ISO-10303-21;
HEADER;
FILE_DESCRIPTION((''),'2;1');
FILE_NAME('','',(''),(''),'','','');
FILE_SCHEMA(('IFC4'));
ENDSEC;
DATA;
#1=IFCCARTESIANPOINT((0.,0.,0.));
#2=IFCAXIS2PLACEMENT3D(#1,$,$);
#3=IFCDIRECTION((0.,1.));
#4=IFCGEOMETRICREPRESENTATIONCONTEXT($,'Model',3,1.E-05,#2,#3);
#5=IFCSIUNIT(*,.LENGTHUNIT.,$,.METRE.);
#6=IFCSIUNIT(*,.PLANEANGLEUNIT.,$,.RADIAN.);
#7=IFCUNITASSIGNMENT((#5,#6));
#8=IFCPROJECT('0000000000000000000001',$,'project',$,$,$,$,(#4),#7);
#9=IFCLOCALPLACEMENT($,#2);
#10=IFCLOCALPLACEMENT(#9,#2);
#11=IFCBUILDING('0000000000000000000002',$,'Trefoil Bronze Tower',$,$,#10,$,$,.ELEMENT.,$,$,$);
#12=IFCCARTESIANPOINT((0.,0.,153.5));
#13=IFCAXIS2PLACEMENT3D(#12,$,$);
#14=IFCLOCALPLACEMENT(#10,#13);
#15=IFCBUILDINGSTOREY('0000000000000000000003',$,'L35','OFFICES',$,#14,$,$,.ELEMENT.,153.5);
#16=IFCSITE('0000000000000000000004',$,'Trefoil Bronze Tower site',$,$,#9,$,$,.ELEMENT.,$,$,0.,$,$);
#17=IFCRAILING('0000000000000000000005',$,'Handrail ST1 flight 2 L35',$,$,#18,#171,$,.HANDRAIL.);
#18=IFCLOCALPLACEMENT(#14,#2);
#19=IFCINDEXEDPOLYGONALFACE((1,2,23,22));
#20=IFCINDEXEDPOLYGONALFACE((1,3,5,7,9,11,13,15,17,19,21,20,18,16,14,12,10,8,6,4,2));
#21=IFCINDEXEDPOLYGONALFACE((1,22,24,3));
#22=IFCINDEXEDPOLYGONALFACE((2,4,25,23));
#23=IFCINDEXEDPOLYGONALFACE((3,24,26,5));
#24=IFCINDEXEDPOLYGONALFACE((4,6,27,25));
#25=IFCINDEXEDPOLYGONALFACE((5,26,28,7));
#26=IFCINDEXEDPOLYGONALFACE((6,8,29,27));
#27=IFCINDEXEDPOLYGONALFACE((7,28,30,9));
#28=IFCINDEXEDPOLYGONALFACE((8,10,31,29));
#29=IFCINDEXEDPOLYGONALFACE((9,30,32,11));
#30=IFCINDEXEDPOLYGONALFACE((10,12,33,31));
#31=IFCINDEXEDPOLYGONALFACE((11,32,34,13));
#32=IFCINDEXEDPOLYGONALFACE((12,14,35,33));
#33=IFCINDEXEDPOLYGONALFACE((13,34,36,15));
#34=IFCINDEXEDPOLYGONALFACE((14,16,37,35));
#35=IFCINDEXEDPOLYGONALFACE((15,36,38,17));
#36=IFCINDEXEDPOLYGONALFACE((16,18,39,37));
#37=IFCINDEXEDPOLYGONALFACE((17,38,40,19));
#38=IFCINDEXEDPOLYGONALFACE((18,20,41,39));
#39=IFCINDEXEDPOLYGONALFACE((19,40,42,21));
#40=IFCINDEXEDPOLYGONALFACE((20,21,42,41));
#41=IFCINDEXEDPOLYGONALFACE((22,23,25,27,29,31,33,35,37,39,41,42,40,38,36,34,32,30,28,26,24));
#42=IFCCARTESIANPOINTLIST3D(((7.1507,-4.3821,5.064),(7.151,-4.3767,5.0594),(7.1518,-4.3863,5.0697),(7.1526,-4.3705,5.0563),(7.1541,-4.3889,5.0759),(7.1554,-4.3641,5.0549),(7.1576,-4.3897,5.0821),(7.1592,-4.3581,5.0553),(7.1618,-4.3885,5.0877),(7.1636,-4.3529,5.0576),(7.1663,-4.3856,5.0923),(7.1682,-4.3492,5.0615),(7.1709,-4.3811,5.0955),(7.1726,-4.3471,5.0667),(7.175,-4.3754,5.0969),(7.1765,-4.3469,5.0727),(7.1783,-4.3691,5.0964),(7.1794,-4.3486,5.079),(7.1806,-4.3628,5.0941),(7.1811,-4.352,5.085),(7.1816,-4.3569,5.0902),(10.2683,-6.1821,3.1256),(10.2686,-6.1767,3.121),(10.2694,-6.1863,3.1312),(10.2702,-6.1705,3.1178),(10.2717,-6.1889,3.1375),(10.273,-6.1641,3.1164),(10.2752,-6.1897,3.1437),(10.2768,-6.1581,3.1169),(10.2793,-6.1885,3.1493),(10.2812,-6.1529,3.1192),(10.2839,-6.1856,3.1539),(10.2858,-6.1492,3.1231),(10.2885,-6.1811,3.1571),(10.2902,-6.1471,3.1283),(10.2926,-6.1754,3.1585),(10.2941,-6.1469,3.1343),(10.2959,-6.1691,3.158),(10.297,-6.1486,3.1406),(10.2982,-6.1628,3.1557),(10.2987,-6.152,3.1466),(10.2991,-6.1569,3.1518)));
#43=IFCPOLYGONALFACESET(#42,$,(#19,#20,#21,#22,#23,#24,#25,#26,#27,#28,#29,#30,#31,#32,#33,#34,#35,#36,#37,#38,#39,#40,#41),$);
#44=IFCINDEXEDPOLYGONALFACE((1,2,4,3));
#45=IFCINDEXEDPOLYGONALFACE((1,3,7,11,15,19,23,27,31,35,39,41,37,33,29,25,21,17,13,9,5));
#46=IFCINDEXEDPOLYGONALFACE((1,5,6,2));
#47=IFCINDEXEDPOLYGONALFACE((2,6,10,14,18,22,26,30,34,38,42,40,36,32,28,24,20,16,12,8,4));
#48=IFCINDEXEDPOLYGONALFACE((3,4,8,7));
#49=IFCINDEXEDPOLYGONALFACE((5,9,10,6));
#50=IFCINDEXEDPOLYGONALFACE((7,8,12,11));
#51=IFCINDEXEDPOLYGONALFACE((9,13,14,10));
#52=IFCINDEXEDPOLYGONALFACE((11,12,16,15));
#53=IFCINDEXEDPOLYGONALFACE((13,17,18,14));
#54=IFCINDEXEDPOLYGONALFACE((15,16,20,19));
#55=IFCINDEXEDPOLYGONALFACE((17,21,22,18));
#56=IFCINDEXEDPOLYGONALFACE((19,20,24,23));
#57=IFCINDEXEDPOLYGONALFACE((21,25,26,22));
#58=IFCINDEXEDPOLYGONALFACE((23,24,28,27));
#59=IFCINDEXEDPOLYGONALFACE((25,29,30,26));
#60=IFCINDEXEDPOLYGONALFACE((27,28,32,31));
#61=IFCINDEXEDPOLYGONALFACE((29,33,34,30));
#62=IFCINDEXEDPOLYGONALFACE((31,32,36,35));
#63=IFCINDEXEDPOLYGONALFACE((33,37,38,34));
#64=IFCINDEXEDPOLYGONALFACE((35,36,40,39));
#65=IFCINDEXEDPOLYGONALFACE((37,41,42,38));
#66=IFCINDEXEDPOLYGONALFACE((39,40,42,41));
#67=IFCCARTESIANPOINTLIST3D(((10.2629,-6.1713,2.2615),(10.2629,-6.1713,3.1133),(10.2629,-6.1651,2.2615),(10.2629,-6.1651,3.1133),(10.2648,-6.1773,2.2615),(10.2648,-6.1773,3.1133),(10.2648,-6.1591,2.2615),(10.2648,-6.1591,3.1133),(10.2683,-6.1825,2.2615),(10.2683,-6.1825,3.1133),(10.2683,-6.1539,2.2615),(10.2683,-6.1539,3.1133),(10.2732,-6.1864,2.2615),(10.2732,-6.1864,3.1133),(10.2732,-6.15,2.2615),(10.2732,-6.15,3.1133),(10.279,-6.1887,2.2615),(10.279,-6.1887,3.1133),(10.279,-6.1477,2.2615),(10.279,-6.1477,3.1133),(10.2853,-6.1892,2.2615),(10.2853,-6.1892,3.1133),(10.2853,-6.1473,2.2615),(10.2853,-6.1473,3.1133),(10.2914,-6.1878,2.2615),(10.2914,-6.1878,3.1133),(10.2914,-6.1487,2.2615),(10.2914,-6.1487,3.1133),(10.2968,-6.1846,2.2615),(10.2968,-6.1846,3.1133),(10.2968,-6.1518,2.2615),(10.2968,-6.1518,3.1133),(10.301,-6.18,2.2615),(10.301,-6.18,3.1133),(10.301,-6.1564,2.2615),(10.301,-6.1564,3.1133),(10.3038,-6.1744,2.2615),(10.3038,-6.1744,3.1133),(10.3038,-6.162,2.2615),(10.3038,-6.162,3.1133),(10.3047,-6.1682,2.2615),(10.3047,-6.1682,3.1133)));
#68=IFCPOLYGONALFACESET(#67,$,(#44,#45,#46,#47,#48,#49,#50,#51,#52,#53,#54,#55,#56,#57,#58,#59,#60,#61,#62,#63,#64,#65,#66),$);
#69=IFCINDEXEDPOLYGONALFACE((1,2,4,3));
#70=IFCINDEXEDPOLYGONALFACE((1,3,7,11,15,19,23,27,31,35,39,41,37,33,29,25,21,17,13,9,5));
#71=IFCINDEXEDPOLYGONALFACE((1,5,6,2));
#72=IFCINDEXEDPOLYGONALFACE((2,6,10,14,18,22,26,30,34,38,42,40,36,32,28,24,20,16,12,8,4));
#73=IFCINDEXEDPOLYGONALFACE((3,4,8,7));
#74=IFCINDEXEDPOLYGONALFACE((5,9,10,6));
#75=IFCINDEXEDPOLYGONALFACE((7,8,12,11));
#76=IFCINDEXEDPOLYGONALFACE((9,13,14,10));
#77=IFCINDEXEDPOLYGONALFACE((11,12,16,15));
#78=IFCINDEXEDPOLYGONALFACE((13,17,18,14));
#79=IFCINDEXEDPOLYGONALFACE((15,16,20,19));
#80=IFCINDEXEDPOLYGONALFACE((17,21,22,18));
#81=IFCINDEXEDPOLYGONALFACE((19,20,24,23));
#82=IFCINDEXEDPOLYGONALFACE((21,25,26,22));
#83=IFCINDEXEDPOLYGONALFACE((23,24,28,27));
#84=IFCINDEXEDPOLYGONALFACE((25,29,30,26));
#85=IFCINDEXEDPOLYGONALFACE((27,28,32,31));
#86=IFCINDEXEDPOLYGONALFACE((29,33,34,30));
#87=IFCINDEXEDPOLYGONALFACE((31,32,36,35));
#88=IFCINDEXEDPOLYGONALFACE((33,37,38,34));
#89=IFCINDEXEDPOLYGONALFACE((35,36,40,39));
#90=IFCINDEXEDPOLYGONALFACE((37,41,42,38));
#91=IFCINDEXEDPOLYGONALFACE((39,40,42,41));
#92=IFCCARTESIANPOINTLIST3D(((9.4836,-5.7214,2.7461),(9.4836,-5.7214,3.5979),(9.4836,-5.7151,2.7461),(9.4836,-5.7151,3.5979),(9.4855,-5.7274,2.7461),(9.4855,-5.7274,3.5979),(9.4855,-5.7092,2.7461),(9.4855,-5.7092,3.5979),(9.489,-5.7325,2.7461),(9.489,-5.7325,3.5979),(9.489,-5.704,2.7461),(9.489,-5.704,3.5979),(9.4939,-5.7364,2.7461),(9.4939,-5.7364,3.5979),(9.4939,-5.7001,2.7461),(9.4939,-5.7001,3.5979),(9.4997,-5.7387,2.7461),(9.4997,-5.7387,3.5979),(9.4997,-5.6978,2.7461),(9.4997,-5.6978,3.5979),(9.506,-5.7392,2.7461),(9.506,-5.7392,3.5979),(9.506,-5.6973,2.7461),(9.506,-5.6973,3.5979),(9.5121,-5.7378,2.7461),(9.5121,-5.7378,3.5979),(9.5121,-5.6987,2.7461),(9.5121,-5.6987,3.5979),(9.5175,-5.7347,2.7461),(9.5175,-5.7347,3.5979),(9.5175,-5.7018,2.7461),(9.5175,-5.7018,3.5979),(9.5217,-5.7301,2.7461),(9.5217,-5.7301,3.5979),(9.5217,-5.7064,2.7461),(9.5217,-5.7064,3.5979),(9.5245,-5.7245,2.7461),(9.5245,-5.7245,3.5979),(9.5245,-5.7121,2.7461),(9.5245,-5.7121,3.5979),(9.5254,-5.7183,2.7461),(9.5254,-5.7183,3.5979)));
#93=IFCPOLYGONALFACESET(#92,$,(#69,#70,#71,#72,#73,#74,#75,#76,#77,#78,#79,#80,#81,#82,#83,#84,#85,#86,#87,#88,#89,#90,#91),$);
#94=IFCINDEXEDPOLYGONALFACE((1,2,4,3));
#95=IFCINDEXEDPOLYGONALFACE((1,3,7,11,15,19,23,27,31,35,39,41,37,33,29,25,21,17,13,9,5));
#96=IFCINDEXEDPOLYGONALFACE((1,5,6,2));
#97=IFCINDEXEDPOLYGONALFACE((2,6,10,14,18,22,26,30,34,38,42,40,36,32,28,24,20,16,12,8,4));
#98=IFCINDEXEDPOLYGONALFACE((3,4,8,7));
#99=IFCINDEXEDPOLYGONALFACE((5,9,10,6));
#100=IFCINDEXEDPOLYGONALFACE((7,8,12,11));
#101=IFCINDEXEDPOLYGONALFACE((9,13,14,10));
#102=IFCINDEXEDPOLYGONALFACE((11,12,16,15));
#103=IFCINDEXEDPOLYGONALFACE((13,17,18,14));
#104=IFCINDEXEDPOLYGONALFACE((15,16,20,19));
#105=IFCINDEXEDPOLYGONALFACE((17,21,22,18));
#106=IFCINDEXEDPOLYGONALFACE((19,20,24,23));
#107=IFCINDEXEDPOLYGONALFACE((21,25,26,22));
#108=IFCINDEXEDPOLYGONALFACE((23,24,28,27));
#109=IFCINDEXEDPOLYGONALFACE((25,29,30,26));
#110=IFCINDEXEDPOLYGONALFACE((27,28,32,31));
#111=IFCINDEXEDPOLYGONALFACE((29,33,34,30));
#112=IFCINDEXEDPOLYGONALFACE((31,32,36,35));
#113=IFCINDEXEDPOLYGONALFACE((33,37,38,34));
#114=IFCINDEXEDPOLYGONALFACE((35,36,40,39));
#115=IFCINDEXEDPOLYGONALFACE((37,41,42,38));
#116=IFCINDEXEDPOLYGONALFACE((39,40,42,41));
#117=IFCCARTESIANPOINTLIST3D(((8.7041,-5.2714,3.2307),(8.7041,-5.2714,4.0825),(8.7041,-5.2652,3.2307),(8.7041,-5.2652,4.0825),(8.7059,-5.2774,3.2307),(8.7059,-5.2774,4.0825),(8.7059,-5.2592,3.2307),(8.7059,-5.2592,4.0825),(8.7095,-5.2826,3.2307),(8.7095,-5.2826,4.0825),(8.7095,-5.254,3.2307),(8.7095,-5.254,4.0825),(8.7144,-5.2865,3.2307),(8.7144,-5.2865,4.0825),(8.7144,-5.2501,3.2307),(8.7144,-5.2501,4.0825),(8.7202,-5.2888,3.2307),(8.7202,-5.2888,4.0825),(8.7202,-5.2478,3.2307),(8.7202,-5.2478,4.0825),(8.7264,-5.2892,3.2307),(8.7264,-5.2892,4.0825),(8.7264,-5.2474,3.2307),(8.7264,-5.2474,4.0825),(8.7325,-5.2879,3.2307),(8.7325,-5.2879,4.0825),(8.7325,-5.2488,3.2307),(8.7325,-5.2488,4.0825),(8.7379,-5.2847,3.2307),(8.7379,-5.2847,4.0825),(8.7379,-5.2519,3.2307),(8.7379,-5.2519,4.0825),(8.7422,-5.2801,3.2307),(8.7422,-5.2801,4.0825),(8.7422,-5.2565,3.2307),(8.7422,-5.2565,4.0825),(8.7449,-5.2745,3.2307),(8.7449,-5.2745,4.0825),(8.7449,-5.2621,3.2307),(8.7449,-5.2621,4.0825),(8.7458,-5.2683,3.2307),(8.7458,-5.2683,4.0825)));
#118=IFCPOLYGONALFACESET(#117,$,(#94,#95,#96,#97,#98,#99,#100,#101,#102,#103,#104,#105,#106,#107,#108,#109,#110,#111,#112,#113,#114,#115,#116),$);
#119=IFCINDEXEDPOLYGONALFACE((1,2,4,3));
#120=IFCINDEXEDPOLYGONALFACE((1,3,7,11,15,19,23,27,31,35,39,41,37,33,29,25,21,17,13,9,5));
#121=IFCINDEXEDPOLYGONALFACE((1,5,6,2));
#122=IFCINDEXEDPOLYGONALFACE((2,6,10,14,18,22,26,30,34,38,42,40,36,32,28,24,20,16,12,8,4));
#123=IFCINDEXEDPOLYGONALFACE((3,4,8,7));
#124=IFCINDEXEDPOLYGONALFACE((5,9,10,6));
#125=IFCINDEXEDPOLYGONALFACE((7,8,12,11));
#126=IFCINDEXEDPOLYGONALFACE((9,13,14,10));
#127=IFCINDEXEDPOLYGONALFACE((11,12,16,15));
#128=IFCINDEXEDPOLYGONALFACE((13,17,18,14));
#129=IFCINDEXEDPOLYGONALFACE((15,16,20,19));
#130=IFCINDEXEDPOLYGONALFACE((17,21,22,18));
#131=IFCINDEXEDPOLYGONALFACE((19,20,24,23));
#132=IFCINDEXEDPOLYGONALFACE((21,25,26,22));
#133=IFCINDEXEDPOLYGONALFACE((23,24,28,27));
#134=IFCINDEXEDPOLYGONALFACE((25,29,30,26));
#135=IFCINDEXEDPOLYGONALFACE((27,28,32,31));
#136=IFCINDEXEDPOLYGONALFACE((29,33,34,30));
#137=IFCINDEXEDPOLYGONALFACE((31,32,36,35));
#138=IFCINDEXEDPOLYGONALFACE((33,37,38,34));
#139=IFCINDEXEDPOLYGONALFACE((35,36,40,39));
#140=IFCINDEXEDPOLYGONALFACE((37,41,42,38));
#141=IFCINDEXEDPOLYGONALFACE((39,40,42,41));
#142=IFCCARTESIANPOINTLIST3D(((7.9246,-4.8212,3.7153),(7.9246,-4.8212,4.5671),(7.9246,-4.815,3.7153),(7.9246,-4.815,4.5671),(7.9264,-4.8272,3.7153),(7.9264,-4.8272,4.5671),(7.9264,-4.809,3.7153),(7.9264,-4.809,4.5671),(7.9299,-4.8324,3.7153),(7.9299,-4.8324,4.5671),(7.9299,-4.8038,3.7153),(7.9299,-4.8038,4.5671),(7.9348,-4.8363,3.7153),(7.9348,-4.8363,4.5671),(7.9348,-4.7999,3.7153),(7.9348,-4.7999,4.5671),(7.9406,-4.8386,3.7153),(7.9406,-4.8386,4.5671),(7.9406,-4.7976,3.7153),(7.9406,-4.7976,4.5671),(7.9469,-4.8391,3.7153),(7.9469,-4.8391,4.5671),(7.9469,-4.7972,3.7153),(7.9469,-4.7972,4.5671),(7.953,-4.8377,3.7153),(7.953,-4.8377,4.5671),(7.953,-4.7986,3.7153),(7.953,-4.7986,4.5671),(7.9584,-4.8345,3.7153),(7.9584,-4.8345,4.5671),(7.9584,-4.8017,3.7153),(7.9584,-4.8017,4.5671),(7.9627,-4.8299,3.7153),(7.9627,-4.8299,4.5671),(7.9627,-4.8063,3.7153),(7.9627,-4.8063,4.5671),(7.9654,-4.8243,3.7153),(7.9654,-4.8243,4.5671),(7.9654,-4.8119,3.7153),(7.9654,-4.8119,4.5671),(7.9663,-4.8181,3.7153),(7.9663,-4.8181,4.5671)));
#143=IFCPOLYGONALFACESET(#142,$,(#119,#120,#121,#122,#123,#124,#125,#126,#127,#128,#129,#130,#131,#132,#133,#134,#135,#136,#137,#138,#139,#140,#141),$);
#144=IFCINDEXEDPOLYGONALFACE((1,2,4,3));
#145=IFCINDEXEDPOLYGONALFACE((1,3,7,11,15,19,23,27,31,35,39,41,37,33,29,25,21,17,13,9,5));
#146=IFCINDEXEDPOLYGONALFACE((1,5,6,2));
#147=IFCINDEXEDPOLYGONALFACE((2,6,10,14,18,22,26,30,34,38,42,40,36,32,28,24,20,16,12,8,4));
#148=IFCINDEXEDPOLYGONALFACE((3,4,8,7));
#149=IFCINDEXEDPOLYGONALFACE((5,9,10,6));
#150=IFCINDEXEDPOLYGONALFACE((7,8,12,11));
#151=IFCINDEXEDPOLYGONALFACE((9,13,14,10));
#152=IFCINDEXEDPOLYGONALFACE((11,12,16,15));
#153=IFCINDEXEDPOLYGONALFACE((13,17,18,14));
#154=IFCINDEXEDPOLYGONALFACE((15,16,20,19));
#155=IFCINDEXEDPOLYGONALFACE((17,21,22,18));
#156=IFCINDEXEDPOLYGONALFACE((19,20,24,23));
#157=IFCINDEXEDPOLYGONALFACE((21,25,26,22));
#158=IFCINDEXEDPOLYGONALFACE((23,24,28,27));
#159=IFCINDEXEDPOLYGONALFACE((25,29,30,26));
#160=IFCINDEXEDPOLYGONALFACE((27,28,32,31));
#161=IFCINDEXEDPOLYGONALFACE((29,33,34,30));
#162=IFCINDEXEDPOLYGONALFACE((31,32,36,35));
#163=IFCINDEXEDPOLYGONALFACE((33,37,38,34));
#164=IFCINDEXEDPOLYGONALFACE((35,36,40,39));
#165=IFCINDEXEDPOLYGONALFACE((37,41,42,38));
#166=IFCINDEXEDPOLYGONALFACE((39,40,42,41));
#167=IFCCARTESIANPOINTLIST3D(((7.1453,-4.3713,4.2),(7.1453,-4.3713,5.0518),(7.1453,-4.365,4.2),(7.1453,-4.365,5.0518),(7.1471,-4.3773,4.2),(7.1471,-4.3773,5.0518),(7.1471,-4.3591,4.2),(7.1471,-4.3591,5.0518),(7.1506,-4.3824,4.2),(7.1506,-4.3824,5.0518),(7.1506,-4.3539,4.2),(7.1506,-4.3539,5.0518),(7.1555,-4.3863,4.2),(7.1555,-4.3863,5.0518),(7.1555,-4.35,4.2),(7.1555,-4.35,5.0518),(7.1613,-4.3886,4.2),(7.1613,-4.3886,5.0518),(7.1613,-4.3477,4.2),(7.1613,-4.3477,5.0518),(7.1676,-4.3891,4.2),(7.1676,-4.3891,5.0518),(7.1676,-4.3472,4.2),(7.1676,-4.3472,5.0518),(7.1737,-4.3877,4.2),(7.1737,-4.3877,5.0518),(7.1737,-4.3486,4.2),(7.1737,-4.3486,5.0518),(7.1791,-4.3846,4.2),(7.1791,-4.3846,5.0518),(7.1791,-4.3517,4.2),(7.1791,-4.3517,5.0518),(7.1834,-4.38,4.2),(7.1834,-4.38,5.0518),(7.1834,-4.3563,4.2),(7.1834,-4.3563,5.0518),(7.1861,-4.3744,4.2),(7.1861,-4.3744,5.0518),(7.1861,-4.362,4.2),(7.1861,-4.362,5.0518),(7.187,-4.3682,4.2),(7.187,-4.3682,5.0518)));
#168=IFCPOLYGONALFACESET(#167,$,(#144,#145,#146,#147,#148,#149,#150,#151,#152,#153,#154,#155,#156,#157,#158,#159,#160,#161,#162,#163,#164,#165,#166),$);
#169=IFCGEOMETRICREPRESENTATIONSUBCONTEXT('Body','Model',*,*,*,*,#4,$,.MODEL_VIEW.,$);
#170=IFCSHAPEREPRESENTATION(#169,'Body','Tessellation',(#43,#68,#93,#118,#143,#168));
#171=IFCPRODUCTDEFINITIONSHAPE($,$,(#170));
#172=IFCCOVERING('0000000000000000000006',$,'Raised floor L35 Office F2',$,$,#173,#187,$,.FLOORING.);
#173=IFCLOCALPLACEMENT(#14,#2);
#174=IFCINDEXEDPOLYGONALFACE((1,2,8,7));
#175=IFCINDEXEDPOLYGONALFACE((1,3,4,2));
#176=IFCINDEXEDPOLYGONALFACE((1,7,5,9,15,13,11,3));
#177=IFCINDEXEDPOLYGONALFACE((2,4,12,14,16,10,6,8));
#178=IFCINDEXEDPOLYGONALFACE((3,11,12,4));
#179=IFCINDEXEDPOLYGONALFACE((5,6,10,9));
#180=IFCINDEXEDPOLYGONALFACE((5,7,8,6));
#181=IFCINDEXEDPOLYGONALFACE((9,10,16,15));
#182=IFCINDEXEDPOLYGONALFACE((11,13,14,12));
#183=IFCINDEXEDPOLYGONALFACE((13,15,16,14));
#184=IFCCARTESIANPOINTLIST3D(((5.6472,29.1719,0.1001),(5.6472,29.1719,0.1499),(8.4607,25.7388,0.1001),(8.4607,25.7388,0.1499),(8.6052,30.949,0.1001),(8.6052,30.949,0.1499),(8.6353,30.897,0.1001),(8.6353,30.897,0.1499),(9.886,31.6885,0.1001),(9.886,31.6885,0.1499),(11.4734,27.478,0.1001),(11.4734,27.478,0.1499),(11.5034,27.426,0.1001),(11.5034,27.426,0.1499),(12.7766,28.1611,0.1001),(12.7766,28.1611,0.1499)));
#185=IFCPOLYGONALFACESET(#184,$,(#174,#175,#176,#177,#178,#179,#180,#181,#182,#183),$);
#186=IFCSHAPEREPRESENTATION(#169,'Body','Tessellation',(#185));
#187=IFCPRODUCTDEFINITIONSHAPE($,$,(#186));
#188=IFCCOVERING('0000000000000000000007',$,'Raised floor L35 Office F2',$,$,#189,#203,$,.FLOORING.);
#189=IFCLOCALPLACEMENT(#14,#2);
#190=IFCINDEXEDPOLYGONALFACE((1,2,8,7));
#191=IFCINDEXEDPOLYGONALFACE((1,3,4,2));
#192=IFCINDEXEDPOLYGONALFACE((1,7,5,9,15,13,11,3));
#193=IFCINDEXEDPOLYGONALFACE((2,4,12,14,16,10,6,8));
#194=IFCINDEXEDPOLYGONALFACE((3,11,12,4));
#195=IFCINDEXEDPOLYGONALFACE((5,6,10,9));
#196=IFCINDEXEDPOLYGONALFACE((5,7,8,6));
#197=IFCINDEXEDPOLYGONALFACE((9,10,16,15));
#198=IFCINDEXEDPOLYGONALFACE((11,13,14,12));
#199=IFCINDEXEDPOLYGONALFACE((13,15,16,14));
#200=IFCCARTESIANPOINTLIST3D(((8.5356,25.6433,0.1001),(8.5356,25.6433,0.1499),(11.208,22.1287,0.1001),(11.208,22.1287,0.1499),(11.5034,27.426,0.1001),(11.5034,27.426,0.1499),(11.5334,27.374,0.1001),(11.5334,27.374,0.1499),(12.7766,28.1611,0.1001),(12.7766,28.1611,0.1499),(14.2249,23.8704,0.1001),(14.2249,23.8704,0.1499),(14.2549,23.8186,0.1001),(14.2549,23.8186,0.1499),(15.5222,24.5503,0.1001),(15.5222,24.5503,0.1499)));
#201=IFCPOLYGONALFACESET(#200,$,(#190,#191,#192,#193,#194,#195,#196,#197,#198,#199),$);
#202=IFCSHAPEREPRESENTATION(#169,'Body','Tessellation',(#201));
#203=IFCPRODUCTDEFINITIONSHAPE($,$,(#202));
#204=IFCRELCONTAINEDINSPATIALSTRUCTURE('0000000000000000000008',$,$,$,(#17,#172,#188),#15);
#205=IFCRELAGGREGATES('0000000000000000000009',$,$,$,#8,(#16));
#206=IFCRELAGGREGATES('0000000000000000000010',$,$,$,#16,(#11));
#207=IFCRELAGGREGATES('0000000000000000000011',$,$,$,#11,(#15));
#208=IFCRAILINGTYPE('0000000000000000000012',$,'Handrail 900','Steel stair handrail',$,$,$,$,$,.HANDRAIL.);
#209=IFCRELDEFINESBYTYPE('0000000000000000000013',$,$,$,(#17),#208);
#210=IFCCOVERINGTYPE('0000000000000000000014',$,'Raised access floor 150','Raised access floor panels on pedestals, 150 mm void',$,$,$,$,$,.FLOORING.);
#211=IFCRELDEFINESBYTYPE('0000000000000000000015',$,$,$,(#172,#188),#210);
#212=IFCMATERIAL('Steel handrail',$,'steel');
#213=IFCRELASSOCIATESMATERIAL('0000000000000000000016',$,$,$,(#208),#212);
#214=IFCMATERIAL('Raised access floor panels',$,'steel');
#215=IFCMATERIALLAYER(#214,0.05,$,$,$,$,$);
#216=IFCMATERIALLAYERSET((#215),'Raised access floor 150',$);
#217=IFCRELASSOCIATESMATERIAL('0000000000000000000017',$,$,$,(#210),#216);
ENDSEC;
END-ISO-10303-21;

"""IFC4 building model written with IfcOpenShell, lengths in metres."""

from ifc_helpers import new_model, si_unit, direction, frame, origin, origin_2d, place, context, subcontext, project, spatial, polyline, circle, outline, extrude, material, layer, layer_set, type_object, element, save


model = new_model("IFC4")

# Units and contexts
model_context = context("Model", 3, precision=1e-05, world=origin(), true_north=direction((0.0, 1.0)))
body_context = subcontext(model_context, "Body", "Model", "MODEL_VIEW")
ifc_project = project(units=[si_unit("LENGTHUNIT", "METRE"), si_unit("PLANEANGLEUNIT", "RADIAN")], contexts=[model_context])

# Site, building, storey
site_placement = place(None, origin())
site = spatial("IfcSite", under=ifc_project, at=site_placement, Name="Trefoil Bronze Tower site", CompositionType="ELEMENT", RefElevation=0.0)
building_placement = place(site_placement, origin())
building = spatial("IfcBuilding", under=site, at=building_placement, Name="Trefoil Bronze Tower", CompositionType="ELEMENT")
storey_placement = place(building_placement, frame((0.0, 0.0, 153.5)))
storey = spatial("IfcBuildingStorey", under=building, at=storey_placement, Name="L35", Description="OFFICES", CompositionType="ELEMENT", Elevation=153.5)

# Railing
ifc_material_1 = material(Name="Steel handrail", Category="steel")
railing_type = type_object("IfcRailingType", Name="Handrail 900", Description="Steel stair handrail", PredefinedType="HANDRAIL", material=ifc_material_1)
railing_1_placement = place(storey_placement, frame((10.2837, -6.1682, 2.2615)))
element("IfcRailing", 1, at=railing_1_placement, inside=storey, type_object=railing_type, Name="Handrail ST1 flight 2 L35", PredefinedType="HANDRAIL", context=body_context, shape_type="SweptSolid", body=[
    extrude(circle(Radius=0.0239, at=origin_2d()), frame((0.0, 0.0, 0.876), z_axis=(-0.762503, 0.440246, 0.474102), x_axis=(-0.500012, -0.866018, 0.0)), (0.0, 0.0, 1.0), 4.0886),
    extrude(circle(Radius=0.021, at=origin_2d()), origin(), (0.0, 0.0, 1.0), 0.8518),
    extrude(circle(Radius=0.021, at=origin_2d()), frame((-0.7793, 0.45, 0.4846)), (0.0, 0.0, 1.0), 0.8518),
    extrude(circle(Radius=0.021, at=origin_2d()), frame((-1.5588, 0.8999, 0.9692)), (0.0, 0.0, 1.0), 0.8518),
    extrude(circle(Radius=0.021, at=origin_2d()), frame((-2.3384, 1.3501, 1.4539)), (0.0, 0.0, 1.0), 0.8518),
    extrude(circle(Radius=0.021, at=origin_2d()), frame((-3.1177, 1.8, 1.9385)), (0.0, 0.0, 1.0), 0.8518),
])

# Coverings
ifc_material_2 = material(Name="Raised access floor panels", Category="steel")
ifc_layer_1 = layer(ifc_material_2, 0.05)
ifc_layer_set_1 = layer_set([ifc_layer_1], Name="Raised access floor 150")
covering_type = type_object("IfcCoveringType", Name="Raised access floor 150", Description="Raised access floor panels on pedestals, 150 mm void", PredefinedType="FLOORING", material=ifc_layer_set_1)
covering_1_placement = place(storey_placement, frame((0.0, 0.0, 0.1001)))
element("IfcCovering", 2, at=covering_1_placement, inside=storey, type_object=covering_type, Name="Raised floor L35 Office F2", PredefinedType="FLOORING", context=body_context, shape_type="SweptSolid", body=[
    extrude(outline(polyline([(11.5034, 27.426), (11.4734, 27.478), (8.4607, 25.7388), (5.6472, 29.1719), (8.6353, 30.897), (8.6052, 30.949), (9.886, 31.6885), (12.7766, 28.1611), (11.5034, 27.426)])), origin(), (0.0, 0.0, 1.0), 0.0498),
])
covering_2_placement = place(storey_placement, frame((0.0, 0.0, 0.1001)))
element("IfcCovering", 3, at=covering_2_placement, inside=storey, type_object=covering_type, Name="Raised floor L35 Office F2", PredefinedType="FLOORING", context=body_context, shape_type="SweptSolid", body=[
    extrude(outline(polyline([(14.2549, 23.8186), (14.2249, 23.8704), (11.208, 22.1287), (8.5356, 25.6433), (11.5334, 27.374), (11.5034, 27.426), (12.7766, 28.1611), (15.5222, 24.5503), (14.2549, 23.8186)])), origin(), (0.0, 0.0, 1.0), 0.0498),
])

save(model, "model.ifc")
